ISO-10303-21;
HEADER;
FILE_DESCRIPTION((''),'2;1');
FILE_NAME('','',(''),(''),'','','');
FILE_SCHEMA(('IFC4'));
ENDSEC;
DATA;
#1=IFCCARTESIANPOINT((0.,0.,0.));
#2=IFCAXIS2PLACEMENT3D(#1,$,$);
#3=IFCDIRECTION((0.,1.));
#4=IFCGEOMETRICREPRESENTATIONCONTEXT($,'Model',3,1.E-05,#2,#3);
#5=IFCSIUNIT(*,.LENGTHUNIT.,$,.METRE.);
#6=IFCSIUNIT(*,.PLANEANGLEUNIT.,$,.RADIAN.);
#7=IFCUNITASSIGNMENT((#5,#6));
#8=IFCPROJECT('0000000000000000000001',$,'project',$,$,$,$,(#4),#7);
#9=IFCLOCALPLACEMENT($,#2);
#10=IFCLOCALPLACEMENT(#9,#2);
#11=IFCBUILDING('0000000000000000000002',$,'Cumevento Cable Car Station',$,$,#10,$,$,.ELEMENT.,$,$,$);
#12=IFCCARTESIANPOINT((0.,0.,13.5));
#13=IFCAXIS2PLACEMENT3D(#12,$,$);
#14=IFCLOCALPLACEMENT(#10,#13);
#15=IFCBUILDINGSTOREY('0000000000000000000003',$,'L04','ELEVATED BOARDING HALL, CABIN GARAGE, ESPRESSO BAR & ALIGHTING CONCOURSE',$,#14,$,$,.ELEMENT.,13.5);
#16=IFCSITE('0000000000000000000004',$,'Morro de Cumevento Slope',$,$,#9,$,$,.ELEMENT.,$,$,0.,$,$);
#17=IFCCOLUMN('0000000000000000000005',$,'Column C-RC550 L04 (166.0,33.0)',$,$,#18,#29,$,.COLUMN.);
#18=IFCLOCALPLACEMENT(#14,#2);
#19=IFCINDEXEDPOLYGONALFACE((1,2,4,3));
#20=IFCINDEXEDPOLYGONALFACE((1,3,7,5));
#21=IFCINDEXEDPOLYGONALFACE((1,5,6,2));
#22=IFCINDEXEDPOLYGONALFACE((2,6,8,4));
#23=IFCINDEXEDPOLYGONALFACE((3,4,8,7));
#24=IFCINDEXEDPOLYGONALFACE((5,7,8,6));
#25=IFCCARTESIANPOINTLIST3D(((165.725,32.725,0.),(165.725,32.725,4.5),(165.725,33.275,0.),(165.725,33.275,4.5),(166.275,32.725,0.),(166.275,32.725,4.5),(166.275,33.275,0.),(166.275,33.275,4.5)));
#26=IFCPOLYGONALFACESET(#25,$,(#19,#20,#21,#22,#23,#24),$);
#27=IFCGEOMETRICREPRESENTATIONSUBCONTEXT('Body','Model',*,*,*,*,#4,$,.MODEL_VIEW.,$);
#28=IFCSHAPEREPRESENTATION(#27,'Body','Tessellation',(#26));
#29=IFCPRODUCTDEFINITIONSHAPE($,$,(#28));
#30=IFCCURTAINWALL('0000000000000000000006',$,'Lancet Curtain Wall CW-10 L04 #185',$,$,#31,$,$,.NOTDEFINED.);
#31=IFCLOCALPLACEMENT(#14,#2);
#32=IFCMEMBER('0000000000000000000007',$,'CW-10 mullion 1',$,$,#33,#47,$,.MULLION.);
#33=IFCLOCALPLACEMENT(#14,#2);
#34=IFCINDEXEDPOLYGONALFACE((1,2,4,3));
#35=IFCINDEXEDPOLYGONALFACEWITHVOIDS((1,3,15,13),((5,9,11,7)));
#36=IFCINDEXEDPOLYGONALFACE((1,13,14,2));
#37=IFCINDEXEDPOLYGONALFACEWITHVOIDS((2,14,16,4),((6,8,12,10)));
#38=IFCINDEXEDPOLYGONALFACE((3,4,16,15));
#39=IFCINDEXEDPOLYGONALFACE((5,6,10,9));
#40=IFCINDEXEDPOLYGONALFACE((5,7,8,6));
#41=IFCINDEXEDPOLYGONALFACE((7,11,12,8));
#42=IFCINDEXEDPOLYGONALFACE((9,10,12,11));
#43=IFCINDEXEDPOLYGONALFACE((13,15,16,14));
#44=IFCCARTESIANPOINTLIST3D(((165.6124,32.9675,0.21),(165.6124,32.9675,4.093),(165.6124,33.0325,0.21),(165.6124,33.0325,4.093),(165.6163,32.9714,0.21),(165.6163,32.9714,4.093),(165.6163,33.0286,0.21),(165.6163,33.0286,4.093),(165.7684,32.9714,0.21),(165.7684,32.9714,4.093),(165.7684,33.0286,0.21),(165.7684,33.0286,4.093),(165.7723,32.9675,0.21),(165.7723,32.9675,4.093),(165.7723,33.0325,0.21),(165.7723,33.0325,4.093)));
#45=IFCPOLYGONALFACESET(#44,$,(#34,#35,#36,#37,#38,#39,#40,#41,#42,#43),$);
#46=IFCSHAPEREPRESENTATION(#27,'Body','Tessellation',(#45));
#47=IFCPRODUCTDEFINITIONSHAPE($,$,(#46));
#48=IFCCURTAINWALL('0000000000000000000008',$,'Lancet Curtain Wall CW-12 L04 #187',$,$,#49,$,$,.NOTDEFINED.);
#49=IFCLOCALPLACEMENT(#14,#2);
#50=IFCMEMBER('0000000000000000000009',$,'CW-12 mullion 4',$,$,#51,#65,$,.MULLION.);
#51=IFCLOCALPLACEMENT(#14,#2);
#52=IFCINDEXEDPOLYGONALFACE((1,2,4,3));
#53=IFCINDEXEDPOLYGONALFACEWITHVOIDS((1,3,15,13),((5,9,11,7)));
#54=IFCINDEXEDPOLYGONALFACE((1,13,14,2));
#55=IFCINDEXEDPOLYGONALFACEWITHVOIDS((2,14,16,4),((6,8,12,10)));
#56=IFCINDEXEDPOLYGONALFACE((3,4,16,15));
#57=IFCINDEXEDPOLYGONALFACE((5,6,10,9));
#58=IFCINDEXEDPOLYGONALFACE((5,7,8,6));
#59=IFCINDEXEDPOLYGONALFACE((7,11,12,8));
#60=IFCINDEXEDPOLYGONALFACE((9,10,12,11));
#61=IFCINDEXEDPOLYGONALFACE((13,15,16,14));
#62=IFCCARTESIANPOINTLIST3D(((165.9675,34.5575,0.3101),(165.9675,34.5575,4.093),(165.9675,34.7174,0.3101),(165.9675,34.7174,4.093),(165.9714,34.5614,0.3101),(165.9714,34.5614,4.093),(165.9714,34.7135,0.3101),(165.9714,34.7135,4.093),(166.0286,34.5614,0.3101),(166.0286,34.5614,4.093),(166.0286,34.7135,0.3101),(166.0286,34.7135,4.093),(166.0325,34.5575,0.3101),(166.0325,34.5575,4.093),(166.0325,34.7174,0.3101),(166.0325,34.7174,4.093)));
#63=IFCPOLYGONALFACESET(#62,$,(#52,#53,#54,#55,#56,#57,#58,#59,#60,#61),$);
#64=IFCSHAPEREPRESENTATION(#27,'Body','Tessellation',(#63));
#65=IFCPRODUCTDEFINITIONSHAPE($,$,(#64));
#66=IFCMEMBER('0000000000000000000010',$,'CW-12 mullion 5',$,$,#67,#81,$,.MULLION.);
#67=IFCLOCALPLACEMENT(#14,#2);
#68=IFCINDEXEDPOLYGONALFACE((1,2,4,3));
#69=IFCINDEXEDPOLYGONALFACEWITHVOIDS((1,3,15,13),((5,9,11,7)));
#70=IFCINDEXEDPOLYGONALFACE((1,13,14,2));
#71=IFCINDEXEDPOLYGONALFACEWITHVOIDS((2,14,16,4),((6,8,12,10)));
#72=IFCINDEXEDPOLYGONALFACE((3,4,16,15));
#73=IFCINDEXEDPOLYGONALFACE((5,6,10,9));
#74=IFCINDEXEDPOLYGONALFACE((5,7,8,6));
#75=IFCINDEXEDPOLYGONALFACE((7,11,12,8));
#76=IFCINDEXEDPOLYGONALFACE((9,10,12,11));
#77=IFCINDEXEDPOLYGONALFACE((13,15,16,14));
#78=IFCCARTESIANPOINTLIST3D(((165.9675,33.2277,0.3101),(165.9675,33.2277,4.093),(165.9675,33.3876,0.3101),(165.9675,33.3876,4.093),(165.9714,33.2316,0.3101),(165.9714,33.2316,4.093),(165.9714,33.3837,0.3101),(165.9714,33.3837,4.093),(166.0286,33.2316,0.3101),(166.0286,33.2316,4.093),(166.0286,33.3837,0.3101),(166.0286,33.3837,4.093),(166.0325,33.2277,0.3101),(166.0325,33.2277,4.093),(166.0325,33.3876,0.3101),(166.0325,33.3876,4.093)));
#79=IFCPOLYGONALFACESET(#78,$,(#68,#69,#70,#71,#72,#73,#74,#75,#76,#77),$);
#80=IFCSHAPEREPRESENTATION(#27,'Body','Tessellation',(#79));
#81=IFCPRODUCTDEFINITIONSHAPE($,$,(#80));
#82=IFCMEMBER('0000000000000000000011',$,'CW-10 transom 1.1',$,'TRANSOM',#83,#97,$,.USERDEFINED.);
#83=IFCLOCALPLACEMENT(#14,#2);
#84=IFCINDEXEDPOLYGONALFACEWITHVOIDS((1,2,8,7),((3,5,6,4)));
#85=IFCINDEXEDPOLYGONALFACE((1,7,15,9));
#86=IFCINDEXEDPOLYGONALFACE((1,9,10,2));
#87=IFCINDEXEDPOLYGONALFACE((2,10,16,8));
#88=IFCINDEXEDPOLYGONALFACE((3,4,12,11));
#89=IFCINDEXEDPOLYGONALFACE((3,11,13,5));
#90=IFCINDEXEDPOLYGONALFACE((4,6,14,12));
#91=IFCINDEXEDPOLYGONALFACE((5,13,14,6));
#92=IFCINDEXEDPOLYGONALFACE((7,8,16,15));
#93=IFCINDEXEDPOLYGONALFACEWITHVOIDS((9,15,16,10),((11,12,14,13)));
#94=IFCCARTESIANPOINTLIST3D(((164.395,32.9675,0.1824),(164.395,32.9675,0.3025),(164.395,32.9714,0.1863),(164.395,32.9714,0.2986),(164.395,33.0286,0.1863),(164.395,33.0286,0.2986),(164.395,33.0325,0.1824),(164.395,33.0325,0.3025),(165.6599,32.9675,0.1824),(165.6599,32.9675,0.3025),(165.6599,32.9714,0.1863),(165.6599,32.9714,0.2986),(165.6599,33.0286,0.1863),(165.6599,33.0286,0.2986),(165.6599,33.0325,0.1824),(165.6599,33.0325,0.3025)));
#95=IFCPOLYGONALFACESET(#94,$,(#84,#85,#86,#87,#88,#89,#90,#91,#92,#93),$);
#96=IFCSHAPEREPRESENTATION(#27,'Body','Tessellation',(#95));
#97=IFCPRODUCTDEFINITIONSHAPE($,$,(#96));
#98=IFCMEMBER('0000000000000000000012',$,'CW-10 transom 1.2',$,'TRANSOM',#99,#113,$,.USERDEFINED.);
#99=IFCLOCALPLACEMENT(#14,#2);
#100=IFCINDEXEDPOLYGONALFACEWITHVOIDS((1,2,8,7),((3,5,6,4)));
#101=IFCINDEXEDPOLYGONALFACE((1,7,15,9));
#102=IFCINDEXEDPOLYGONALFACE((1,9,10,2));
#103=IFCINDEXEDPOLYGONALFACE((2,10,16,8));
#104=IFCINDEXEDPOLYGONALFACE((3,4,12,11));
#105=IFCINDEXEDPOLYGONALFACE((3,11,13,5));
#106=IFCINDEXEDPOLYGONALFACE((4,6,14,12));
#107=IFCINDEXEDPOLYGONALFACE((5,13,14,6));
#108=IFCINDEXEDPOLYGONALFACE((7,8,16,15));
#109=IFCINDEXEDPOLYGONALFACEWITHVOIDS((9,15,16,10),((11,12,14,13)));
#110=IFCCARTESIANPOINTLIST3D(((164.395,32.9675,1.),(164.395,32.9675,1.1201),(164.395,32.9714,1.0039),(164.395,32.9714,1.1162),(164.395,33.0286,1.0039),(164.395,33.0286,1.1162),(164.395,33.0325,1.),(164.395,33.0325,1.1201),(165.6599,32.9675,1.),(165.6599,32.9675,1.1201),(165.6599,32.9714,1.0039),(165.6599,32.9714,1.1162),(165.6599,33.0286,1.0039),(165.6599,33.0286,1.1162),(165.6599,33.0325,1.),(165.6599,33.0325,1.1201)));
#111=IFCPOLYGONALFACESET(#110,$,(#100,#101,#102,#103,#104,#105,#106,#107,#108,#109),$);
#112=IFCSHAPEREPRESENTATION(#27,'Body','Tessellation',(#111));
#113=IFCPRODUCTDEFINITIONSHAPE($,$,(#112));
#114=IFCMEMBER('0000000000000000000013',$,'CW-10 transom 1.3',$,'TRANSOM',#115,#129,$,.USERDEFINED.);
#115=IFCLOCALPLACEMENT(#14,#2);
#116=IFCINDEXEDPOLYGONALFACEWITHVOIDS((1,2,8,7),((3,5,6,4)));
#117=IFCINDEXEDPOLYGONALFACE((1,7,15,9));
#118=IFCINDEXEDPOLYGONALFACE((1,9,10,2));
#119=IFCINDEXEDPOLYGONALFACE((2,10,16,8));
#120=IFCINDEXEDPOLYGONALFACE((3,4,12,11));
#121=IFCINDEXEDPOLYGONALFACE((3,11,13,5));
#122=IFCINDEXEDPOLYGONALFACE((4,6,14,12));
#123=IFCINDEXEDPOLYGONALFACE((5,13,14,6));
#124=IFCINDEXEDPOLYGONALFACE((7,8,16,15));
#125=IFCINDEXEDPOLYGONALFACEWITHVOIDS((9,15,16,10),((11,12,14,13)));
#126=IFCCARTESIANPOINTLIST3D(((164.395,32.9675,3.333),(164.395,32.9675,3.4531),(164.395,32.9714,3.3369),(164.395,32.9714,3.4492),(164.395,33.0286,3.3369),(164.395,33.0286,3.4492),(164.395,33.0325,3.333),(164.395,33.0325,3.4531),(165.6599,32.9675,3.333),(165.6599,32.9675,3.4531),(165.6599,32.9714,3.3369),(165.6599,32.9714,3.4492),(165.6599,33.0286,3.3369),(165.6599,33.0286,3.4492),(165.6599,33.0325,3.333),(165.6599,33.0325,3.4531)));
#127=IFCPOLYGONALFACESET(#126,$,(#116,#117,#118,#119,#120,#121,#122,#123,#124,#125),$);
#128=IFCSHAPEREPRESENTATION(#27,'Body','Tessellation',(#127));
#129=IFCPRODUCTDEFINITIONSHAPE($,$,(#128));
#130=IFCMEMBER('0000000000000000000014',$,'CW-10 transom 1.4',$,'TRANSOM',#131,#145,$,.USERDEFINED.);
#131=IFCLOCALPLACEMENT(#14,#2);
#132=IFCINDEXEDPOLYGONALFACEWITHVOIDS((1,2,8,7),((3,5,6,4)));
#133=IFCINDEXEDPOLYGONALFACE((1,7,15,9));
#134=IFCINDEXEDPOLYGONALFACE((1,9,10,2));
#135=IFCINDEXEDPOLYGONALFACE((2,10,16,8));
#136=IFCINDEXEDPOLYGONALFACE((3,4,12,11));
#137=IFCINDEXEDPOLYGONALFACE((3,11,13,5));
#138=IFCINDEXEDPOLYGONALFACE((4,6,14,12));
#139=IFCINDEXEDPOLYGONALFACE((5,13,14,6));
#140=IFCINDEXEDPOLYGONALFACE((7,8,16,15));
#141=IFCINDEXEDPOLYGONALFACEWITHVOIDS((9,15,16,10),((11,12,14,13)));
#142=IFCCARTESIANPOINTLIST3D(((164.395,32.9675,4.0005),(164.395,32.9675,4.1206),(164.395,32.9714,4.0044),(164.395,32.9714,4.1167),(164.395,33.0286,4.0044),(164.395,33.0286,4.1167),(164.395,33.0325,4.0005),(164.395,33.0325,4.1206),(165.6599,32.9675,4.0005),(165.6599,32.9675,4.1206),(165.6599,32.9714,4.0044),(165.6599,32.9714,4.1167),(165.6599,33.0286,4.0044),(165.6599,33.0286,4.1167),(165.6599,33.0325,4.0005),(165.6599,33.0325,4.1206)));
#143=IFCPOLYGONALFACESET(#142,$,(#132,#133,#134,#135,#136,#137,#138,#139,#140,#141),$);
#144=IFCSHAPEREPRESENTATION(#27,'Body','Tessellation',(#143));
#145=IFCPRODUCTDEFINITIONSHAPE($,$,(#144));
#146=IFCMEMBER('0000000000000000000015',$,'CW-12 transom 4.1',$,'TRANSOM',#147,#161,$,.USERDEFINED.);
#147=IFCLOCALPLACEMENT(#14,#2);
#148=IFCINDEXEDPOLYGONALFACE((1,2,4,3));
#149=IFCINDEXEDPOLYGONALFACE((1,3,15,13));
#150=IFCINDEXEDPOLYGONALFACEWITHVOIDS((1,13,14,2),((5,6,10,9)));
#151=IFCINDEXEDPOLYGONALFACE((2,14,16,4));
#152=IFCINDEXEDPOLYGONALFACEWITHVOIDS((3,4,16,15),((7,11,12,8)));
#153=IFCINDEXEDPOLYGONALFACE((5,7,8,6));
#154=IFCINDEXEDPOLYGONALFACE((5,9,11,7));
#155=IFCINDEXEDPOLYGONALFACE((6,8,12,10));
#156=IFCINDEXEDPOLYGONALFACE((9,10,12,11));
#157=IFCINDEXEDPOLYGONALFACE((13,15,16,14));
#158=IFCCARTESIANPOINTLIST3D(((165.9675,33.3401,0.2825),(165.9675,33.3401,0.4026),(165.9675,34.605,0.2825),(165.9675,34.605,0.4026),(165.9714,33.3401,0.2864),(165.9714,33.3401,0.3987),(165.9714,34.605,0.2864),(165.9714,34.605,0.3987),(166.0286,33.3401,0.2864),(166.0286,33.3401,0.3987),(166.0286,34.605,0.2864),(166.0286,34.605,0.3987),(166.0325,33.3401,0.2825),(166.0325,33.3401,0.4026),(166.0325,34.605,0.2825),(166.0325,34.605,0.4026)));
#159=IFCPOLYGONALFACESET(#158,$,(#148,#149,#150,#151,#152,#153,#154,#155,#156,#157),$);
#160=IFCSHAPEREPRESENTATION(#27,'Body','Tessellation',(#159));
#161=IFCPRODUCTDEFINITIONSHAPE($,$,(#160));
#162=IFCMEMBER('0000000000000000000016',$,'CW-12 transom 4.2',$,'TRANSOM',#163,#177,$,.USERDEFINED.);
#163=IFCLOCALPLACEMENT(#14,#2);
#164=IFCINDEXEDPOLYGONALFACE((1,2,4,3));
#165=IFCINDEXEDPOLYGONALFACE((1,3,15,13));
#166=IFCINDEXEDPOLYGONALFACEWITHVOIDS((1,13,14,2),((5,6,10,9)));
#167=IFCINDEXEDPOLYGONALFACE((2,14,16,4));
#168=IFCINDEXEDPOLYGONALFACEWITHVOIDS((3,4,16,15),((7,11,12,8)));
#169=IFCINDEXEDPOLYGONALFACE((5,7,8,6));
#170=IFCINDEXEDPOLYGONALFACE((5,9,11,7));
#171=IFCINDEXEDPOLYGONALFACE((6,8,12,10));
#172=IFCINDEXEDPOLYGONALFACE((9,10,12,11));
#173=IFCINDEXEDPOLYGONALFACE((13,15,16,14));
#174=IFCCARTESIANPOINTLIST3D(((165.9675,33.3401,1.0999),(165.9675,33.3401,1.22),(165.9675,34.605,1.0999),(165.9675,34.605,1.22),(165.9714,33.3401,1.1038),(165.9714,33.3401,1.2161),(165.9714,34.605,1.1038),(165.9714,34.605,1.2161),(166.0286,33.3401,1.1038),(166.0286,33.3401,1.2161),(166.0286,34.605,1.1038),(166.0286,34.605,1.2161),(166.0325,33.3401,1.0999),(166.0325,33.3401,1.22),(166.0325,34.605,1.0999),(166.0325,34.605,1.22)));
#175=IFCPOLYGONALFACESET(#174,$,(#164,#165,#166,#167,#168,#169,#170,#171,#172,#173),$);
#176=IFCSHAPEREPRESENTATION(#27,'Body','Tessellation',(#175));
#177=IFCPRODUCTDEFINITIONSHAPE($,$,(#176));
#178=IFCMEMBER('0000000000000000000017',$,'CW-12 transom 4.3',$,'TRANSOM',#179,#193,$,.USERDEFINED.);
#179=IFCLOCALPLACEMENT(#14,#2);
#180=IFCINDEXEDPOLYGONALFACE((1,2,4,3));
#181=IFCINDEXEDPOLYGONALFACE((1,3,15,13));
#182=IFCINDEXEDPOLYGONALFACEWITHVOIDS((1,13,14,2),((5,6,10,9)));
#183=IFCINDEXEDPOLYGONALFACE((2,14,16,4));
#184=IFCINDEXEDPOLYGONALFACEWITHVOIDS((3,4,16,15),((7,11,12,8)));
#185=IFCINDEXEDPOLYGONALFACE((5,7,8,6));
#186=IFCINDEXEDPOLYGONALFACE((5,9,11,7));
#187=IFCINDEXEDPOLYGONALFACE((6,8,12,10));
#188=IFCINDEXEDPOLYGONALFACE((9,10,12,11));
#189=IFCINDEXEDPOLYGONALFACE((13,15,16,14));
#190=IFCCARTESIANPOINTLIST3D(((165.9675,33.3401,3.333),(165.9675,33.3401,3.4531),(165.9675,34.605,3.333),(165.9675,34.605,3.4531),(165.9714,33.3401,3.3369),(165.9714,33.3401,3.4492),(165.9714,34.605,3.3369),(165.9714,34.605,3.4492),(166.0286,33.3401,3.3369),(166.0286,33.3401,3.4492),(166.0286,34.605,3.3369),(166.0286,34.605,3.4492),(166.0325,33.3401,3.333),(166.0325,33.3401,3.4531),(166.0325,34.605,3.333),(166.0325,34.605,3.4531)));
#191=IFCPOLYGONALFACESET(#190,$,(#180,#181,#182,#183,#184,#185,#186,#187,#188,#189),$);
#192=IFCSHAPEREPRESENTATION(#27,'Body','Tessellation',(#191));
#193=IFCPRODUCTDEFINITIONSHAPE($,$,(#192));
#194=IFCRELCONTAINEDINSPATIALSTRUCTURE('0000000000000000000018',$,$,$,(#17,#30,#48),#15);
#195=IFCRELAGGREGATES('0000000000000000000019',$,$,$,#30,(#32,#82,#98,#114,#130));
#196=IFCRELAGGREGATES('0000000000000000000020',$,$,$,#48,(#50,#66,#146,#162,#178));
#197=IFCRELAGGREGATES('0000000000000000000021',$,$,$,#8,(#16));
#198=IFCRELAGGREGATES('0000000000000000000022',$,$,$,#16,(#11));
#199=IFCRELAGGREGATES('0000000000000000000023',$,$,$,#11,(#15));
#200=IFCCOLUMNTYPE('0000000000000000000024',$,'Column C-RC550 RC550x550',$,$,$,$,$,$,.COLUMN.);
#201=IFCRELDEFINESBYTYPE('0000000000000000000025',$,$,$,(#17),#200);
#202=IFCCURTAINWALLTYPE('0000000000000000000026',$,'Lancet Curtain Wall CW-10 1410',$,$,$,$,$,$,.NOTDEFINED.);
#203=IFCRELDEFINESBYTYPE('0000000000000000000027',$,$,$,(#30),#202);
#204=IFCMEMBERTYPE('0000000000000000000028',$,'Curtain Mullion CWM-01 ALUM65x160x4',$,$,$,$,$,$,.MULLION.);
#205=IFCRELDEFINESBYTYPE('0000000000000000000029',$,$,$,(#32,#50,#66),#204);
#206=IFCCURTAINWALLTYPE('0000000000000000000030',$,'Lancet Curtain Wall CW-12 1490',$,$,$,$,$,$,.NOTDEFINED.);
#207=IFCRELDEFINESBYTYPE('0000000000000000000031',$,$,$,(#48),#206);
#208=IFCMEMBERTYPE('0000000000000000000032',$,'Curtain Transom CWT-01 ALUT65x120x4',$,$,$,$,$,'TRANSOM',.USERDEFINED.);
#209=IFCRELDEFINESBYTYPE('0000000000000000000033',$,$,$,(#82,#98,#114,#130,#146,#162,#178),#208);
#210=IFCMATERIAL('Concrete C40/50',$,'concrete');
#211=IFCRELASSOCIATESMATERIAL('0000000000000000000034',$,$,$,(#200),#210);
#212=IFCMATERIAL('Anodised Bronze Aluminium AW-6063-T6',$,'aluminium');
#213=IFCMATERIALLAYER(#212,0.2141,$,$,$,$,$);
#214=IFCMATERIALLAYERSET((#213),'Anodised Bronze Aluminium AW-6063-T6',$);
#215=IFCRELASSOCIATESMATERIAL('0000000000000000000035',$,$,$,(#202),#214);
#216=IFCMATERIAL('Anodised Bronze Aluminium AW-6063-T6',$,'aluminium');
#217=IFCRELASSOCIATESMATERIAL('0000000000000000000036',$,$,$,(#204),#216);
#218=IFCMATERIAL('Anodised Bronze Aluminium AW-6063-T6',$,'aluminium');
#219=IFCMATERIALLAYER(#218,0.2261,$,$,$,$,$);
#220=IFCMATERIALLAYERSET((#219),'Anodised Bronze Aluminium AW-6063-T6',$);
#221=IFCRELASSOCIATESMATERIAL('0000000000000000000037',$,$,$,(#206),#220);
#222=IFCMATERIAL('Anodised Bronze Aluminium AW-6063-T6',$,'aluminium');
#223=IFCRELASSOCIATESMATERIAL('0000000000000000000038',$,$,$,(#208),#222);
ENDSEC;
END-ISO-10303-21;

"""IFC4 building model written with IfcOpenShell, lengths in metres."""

from ifc_helpers import new_model, si_unit, direction, frame, origin, origin_2d, place, context, subcontext, project, spatial, rectangle, hollow_rectangle, extrude, material, layer, layer_set, material_profile, profile_set, type_object, element, aggregate, save


model = new_model("IFC4")

# Units and contexts
model_context = context("Model", 3, precision=1e-05, world=origin(), true_north=direction((0.0, 1.0)))
body_context = subcontext(model_context, "Body", "Model", "MODEL_VIEW")
ifc_project = project(units=[si_unit("LENGTHUNIT", "METRE"), si_unit("PLANEANGLEUNIT", "RADIAN")], contexts=[model_context])

# Site, building, storey
site_placement = place(None, origin())
site = spatial("IfcSite", under=ifc_project, at=site_placement, Name="Morro de Cumevento Slope", CompositionType="ELEMENT", RefElevation=0.0)
building_placement = place(site_placement, origin())
building = spatial("IfcBuilding", under=site, at=building_placement, Name="Cumevento Cable Car Station", CompositionType="ELEMENT")
storey_placement = place(building_placement, frame((0.0, 0.0, 13.5)))
storey = spatial("IfcBuildingStorey", under=building, at=storey_placement, Name="L04", Description="ELEVATED BOARDING HALL, CABIN GARAGE, ESPRESSO BAR & ALIGHTING CONCOURSE", CompositionType="ELEMENT", Elevation=13.5)

# Column
ifc_material_1 = material(Name="Concrete C40/50", Category="concrete")
ifc_material_profile_1 = material_profile(ifc_material_1, rectangle(XDim=0.55, YDim=0.55, at=origin_2d()), Name="RC550x550")
ifc_profile_set_1 = profile_set([ifc_material_profile_1], Name="Concrete C40/50")
column_type = type_object("IfcColumnType", Name="Column C-RC550 RC550x550", PredefinedType="COLUMN", material=ifc_profile_set_1)
column_placement = place(storey_placement, frame((166.0, 33.0, 0.0), z_axis=(0.0, 0.0, 1.0), x_axis=(1.0, 0.0, 0.0)))
element("IfcColumn", 1, at=column_placement, inside=storey, type_object=column_type, Name="Column C-RC550 L04 (166.0,33.0)", PredefinedType="COLUMN", context=body_context, shape_type="SweptSolid", body=[
    extrude(rectangle(XDim=0.55, YDim=0.55, at=origin_2d()), origin(), (0.0, 0.0, 1.0), 4.5),
])

# Curtain wall, member
ifc_material_2 = material(Name="Anodised Bronze Aluminium AW-6063-T6", Category="aluminium")
ifc_layer_1 = layer(ifc_material_2, 0.2141)
ifc_layer_set_1 = layer_set([ifc_layer_1], Name="Anodised Bronze Aluminium AW-6063-T6")
curtain_wall_type_1 = type_object("IfcCurtainWallType", Name="Lancet Curtain Wall CW-10 1410", PredefinedType="NOTDEFINED", material=ifc_layer_set_1)
curtain_wall_1_placement = place(storey_placement, origin())
curtain_wall_1 = element("IfcCurtainWall", 2, at=curtain_wall_1_placement, inside=storey, type_object=curtain_wall_type_1, Name="Lancet Curtain Wall CW-10 L04 #185", PredefinedType="NOTDEFINED")
ifc_material_3 = material(Name="Anodised Bronze Aluminium AW-6063-T6", Category="aluminium")
ifc_material_profile_2 = material_profile(ifc_material_3, hollow_rectangle(XDim=0.0649, YDim=0.1599, WallThickness=0.0039, at=origin_2d()), Name="ALUM65x160x4")
ifc_profile_set_2 = profile_set([ifc_material_profile_2], Name="Anodised Bronze Aluminium AW-6063-T6")
member_type_1 = type_object("IfcMemberType", Name="Curtain Mullion CWM-01 ALUM65x160x4", PredefinedType="MULLION", material=ifc_profile_set_2)
member_1_placement = place(storey_placement, frame((165.6924, 33.0, 0.21), z_axis=(0.0, 0.0, 1.0), x_axis=(0.0, -1.0, 0.0)))
member_1 = element("IfcMember", 3, at=member_1_placement, type_object=member_type_1, Name="CW-10 mullion 1", PredefinedType="MULLION", context=body_context, shape_type="SweptSolid", body=[
    extrude(hollow_rectangle(XDim=0.0649, YDim=0.1599, WallThickness=0.0039, at=origin_2d()), origin(), (0.0, 0.0, 1.0), 3.8831),
])

# Curtain wall, members
ifc_material_4 = material(Name="Anodised Bronze Aluminium AW-6063-T6", Category="aluminium")
ifc_layer_2 = layer(ifc_material_4, 0.2261)
ifc_layer_set_2 = layer_set([ifc_layer_2], Name="Anodised Bronze Aluminium AW-6063-T6")
curtain_wall_type_2 = type_object("IfcCurtainWallType", Name="Lancet Curtain Wall CW-12 1490", PredefinedType="NOTDEFINED", material=ifc_layer_set_2)
curtain_wall_2_placement = place(storey_placement, origin())
curtain_wall_2 = element("IfcCurtainWall", 4, at=curtain_wall_2_placement, inside=storey, type_object=curtain_wall_type_2, Name="Lancet Curtain Wall CW-12 L04 #187", PredefinedType="NOTDEFINED")
member_2_placement = place(storey_placement, frame((166.0, 34.6375, 0.3101), z_axis=(0.0, 0.0, 1.0), x_axis=(1.0, 0.0, 0.0)))
member_2 = element("IfcMember", 5, at=member_2_placement, type_object=member_type_1, Name="CW-12 mullion 4", PredefinedType="MULLION", context=body_context, shape_type="SweptSolid", body=[
    extrude(hollow_rectangle(XDim=0.0649, YDim=0.1599, WallThickness=0.0039, at=origin_2d()), origin(), (0.0, 0.0, 1.0), 3.783),
])
member_3_placement = place(storey_placement, frame((166.0, 33.3076, 0.3101), z_axis=(0.0, 0.0, 1.0), x_axis=(1.0, 0.0, 0.0)))
member_3 = element("IfcMember", 6, at=member_3_placement, type_object=member_type_1, Name="CW-12 mullion 5", PredefinedType="MULLION", context=body_context, shape_type="SweptSolid", body=[
    extrude(hollow_rectangle(XDim=0.0649, YDim=0.1599, WallThickness=0.0039, at=origin_2d()), origin(), (0.0, 0.0, 1.0), 3.783),
])

# Members
ifc_material_5 = material(Name="Anodised Bronze Aluminium AW-6063-T6", Category="aluminium")
ifc_material_profile_3 = material_profile(ifc_material_5, hollow_rectangle(XDim=0.0649, YDim=0.1201, WallThickness=0.0039, at=origin_2d()), Name="ALUT65x120x4")
ifc_profile_set_3 = profile_set([ifc_material_profile_3], Name="Anodised Bronze Aluminium AW-6063-T6")
member_type_2 = type_object("IfcMemberType", Name="Curtain Transom CWT-01 ALUT65x120x4", ElementType="TRANSOM", PredefinedType="USERDEFINED", material=ifc_profile_set_3)
member_4_placement = place(storey_placement, frame((165.6599, 33.0, 0.2424), z_axis=(-1.0, 0.0, 0.0), x_axis=(0.0, -1.0, 0.0)))
member_4 = element("IfcMember", 7, at=member_4_placement, type_object=member_type_2, Name="CW-10 transom 1.1", ObjectType="TRANSOM", PredefinedType="USERDEFINED", context=body_context, shape_type="SweptSolid", body=[
    extrude(hollow_rectangle(XDim=0.0649, YDim=0.1201, WallThickness=0.0039, at=origin_2d()), origin(), (0.0, 0.0, 1.0), 1.2649),
])
member_5_placement = place(storey_placement, frame((165.6599, 33.0, 1.0601), z_axis=(-1.0, 0.0, 0.0), x_axis=(0.0, -1.0, 0.0)))
member_5 = element("IfcMember", 8, at=member_5_placement, type_object=member_type_2, Name="CW-10 transom 1.2", ObjectType="TRANSOM", PredefinedType="USERDEFINED", context=body_context, shape_type="SweptSolid", body=[
    extrude(hollow_rectangle(XDim=0.0649, YDim=0.1201, WallThickness=0.0039, at=origin_2d()), origin(), (0.0, 0.0, 1.0), 1.2649),
])
member_6_placement = place(storey_placement, frame((165.6599, 33.0, 3.3931), z_axis=(-1.0, 0.0, 0.0), x_axis=(0.0, -1.0, 0.0)))
member_6 = element("IfcMember", 9, at=member_6_placement, type_object=member_type_2, Name="CW-10 transom 1.3", ObjectType="TRANSOM", PredefinedType="USERDEFINED", context=body_context, shape_type="SweptSolid", body=[
    extrude(hollow_rectangle(XDim=0.0649, YDim=0.1201, WallThickness=0.0039, at=origin_2d()), origin(), (0.0, 0.0, 1.0), 1.2649),
])
member_7_placement = place(storey_placement, frame((165.6599, 33.0, 4.0605), z_axis=(-1.0, 0.0, 0.0), x_axis=(0.0, -1.0, 0.0)))
member_7 = element("IfcMember", 10, at=member_7_placement, type_object=member_type_2, Name="CW-10 transom 1.4", ObjectType="TRANSOM", PredefinedType="USERDEFINED", context=body_context, shape_type="SweptSolid", body=[
    extrude(hollow_rectangle(XDim=0.0649, YDim=0.1201, WallThickness=0.0039, at=origin_2d()), origin(), (0.0, 0.0, 1.0), 1.2649),
])
aggregate(curtain_wall_1, [member_1, member_4, member_5, member_6, member_7])
member_8_placement = place(storey_placement, frame((166.0, 34.605, 0.3425), z_axis=(0.0, -1.0, 0.0), x_axis=(1.0, 0.0, 0.0)))
member_8 = element("IfcMember", 11, at=member_8_placement, type_object=member_type_2, Name="CW-12 transom 4.1", ObjectType="TRANSOM", PredefinedType="USERDEFINED", context=body_context, shape_type="SweptSolid", body=[
    extrude(hollow_rectangle(XDim=0.0649, YDim=0.1201, WallThickness=0.0039, at=origin_2d()), origin(), (0.0, 0.0, 1.0), 1.2649),
])
member_9_placement = place(storey_placement, frame((166.0, 34.605, 1.1599), z_axis=(0.0, -1.0, 0.0), x_axis=(1.0, 0.0, 0.0)))
member_9 = element("IfcMember", 12, at=member_9_placement, type_object=member_type_2, Name="CW-12 transom 4.2", ObjectType="TRANSOM", PredefinedType="USERDEFINED", context=body_context, shape_type="SweptSolid", body=[
    extrude(hollow_rectangle(XDim=0.0649, YDim=0.1201, WallThickness=0.0039, at=origin_2d()), origin(), (0.0, 0.0, 1.0), 1.2649),
])
member_10_placement = place(storey_placement, frame((166.0, 34.605, 3.3931), z_axis=(0.0, -1.0, 0.0), x_axis=(1.0, 0.0, 0.0)))
member_10 = element("IfcMember", 13, at=member_10_placement, type_object=member_type_2, Name="CW-12 transom 4.3", ObjectType="TRANSOM", PredefinedType="USERDEFINED", context=body_context, shape_type="SweptSolid", body=[
    extrude(hollow_rectangle(XDim=0.0649, YDim=0.1201, WallThickness=0.0039, at=origin_2d()), origin(), (0.0, 0.0, 1.0), 1.2649),
])

aggregate(curtain_wall_2, [member_2, member_3, member_8, member_9, member_10])

save(model, "model.ifc")
